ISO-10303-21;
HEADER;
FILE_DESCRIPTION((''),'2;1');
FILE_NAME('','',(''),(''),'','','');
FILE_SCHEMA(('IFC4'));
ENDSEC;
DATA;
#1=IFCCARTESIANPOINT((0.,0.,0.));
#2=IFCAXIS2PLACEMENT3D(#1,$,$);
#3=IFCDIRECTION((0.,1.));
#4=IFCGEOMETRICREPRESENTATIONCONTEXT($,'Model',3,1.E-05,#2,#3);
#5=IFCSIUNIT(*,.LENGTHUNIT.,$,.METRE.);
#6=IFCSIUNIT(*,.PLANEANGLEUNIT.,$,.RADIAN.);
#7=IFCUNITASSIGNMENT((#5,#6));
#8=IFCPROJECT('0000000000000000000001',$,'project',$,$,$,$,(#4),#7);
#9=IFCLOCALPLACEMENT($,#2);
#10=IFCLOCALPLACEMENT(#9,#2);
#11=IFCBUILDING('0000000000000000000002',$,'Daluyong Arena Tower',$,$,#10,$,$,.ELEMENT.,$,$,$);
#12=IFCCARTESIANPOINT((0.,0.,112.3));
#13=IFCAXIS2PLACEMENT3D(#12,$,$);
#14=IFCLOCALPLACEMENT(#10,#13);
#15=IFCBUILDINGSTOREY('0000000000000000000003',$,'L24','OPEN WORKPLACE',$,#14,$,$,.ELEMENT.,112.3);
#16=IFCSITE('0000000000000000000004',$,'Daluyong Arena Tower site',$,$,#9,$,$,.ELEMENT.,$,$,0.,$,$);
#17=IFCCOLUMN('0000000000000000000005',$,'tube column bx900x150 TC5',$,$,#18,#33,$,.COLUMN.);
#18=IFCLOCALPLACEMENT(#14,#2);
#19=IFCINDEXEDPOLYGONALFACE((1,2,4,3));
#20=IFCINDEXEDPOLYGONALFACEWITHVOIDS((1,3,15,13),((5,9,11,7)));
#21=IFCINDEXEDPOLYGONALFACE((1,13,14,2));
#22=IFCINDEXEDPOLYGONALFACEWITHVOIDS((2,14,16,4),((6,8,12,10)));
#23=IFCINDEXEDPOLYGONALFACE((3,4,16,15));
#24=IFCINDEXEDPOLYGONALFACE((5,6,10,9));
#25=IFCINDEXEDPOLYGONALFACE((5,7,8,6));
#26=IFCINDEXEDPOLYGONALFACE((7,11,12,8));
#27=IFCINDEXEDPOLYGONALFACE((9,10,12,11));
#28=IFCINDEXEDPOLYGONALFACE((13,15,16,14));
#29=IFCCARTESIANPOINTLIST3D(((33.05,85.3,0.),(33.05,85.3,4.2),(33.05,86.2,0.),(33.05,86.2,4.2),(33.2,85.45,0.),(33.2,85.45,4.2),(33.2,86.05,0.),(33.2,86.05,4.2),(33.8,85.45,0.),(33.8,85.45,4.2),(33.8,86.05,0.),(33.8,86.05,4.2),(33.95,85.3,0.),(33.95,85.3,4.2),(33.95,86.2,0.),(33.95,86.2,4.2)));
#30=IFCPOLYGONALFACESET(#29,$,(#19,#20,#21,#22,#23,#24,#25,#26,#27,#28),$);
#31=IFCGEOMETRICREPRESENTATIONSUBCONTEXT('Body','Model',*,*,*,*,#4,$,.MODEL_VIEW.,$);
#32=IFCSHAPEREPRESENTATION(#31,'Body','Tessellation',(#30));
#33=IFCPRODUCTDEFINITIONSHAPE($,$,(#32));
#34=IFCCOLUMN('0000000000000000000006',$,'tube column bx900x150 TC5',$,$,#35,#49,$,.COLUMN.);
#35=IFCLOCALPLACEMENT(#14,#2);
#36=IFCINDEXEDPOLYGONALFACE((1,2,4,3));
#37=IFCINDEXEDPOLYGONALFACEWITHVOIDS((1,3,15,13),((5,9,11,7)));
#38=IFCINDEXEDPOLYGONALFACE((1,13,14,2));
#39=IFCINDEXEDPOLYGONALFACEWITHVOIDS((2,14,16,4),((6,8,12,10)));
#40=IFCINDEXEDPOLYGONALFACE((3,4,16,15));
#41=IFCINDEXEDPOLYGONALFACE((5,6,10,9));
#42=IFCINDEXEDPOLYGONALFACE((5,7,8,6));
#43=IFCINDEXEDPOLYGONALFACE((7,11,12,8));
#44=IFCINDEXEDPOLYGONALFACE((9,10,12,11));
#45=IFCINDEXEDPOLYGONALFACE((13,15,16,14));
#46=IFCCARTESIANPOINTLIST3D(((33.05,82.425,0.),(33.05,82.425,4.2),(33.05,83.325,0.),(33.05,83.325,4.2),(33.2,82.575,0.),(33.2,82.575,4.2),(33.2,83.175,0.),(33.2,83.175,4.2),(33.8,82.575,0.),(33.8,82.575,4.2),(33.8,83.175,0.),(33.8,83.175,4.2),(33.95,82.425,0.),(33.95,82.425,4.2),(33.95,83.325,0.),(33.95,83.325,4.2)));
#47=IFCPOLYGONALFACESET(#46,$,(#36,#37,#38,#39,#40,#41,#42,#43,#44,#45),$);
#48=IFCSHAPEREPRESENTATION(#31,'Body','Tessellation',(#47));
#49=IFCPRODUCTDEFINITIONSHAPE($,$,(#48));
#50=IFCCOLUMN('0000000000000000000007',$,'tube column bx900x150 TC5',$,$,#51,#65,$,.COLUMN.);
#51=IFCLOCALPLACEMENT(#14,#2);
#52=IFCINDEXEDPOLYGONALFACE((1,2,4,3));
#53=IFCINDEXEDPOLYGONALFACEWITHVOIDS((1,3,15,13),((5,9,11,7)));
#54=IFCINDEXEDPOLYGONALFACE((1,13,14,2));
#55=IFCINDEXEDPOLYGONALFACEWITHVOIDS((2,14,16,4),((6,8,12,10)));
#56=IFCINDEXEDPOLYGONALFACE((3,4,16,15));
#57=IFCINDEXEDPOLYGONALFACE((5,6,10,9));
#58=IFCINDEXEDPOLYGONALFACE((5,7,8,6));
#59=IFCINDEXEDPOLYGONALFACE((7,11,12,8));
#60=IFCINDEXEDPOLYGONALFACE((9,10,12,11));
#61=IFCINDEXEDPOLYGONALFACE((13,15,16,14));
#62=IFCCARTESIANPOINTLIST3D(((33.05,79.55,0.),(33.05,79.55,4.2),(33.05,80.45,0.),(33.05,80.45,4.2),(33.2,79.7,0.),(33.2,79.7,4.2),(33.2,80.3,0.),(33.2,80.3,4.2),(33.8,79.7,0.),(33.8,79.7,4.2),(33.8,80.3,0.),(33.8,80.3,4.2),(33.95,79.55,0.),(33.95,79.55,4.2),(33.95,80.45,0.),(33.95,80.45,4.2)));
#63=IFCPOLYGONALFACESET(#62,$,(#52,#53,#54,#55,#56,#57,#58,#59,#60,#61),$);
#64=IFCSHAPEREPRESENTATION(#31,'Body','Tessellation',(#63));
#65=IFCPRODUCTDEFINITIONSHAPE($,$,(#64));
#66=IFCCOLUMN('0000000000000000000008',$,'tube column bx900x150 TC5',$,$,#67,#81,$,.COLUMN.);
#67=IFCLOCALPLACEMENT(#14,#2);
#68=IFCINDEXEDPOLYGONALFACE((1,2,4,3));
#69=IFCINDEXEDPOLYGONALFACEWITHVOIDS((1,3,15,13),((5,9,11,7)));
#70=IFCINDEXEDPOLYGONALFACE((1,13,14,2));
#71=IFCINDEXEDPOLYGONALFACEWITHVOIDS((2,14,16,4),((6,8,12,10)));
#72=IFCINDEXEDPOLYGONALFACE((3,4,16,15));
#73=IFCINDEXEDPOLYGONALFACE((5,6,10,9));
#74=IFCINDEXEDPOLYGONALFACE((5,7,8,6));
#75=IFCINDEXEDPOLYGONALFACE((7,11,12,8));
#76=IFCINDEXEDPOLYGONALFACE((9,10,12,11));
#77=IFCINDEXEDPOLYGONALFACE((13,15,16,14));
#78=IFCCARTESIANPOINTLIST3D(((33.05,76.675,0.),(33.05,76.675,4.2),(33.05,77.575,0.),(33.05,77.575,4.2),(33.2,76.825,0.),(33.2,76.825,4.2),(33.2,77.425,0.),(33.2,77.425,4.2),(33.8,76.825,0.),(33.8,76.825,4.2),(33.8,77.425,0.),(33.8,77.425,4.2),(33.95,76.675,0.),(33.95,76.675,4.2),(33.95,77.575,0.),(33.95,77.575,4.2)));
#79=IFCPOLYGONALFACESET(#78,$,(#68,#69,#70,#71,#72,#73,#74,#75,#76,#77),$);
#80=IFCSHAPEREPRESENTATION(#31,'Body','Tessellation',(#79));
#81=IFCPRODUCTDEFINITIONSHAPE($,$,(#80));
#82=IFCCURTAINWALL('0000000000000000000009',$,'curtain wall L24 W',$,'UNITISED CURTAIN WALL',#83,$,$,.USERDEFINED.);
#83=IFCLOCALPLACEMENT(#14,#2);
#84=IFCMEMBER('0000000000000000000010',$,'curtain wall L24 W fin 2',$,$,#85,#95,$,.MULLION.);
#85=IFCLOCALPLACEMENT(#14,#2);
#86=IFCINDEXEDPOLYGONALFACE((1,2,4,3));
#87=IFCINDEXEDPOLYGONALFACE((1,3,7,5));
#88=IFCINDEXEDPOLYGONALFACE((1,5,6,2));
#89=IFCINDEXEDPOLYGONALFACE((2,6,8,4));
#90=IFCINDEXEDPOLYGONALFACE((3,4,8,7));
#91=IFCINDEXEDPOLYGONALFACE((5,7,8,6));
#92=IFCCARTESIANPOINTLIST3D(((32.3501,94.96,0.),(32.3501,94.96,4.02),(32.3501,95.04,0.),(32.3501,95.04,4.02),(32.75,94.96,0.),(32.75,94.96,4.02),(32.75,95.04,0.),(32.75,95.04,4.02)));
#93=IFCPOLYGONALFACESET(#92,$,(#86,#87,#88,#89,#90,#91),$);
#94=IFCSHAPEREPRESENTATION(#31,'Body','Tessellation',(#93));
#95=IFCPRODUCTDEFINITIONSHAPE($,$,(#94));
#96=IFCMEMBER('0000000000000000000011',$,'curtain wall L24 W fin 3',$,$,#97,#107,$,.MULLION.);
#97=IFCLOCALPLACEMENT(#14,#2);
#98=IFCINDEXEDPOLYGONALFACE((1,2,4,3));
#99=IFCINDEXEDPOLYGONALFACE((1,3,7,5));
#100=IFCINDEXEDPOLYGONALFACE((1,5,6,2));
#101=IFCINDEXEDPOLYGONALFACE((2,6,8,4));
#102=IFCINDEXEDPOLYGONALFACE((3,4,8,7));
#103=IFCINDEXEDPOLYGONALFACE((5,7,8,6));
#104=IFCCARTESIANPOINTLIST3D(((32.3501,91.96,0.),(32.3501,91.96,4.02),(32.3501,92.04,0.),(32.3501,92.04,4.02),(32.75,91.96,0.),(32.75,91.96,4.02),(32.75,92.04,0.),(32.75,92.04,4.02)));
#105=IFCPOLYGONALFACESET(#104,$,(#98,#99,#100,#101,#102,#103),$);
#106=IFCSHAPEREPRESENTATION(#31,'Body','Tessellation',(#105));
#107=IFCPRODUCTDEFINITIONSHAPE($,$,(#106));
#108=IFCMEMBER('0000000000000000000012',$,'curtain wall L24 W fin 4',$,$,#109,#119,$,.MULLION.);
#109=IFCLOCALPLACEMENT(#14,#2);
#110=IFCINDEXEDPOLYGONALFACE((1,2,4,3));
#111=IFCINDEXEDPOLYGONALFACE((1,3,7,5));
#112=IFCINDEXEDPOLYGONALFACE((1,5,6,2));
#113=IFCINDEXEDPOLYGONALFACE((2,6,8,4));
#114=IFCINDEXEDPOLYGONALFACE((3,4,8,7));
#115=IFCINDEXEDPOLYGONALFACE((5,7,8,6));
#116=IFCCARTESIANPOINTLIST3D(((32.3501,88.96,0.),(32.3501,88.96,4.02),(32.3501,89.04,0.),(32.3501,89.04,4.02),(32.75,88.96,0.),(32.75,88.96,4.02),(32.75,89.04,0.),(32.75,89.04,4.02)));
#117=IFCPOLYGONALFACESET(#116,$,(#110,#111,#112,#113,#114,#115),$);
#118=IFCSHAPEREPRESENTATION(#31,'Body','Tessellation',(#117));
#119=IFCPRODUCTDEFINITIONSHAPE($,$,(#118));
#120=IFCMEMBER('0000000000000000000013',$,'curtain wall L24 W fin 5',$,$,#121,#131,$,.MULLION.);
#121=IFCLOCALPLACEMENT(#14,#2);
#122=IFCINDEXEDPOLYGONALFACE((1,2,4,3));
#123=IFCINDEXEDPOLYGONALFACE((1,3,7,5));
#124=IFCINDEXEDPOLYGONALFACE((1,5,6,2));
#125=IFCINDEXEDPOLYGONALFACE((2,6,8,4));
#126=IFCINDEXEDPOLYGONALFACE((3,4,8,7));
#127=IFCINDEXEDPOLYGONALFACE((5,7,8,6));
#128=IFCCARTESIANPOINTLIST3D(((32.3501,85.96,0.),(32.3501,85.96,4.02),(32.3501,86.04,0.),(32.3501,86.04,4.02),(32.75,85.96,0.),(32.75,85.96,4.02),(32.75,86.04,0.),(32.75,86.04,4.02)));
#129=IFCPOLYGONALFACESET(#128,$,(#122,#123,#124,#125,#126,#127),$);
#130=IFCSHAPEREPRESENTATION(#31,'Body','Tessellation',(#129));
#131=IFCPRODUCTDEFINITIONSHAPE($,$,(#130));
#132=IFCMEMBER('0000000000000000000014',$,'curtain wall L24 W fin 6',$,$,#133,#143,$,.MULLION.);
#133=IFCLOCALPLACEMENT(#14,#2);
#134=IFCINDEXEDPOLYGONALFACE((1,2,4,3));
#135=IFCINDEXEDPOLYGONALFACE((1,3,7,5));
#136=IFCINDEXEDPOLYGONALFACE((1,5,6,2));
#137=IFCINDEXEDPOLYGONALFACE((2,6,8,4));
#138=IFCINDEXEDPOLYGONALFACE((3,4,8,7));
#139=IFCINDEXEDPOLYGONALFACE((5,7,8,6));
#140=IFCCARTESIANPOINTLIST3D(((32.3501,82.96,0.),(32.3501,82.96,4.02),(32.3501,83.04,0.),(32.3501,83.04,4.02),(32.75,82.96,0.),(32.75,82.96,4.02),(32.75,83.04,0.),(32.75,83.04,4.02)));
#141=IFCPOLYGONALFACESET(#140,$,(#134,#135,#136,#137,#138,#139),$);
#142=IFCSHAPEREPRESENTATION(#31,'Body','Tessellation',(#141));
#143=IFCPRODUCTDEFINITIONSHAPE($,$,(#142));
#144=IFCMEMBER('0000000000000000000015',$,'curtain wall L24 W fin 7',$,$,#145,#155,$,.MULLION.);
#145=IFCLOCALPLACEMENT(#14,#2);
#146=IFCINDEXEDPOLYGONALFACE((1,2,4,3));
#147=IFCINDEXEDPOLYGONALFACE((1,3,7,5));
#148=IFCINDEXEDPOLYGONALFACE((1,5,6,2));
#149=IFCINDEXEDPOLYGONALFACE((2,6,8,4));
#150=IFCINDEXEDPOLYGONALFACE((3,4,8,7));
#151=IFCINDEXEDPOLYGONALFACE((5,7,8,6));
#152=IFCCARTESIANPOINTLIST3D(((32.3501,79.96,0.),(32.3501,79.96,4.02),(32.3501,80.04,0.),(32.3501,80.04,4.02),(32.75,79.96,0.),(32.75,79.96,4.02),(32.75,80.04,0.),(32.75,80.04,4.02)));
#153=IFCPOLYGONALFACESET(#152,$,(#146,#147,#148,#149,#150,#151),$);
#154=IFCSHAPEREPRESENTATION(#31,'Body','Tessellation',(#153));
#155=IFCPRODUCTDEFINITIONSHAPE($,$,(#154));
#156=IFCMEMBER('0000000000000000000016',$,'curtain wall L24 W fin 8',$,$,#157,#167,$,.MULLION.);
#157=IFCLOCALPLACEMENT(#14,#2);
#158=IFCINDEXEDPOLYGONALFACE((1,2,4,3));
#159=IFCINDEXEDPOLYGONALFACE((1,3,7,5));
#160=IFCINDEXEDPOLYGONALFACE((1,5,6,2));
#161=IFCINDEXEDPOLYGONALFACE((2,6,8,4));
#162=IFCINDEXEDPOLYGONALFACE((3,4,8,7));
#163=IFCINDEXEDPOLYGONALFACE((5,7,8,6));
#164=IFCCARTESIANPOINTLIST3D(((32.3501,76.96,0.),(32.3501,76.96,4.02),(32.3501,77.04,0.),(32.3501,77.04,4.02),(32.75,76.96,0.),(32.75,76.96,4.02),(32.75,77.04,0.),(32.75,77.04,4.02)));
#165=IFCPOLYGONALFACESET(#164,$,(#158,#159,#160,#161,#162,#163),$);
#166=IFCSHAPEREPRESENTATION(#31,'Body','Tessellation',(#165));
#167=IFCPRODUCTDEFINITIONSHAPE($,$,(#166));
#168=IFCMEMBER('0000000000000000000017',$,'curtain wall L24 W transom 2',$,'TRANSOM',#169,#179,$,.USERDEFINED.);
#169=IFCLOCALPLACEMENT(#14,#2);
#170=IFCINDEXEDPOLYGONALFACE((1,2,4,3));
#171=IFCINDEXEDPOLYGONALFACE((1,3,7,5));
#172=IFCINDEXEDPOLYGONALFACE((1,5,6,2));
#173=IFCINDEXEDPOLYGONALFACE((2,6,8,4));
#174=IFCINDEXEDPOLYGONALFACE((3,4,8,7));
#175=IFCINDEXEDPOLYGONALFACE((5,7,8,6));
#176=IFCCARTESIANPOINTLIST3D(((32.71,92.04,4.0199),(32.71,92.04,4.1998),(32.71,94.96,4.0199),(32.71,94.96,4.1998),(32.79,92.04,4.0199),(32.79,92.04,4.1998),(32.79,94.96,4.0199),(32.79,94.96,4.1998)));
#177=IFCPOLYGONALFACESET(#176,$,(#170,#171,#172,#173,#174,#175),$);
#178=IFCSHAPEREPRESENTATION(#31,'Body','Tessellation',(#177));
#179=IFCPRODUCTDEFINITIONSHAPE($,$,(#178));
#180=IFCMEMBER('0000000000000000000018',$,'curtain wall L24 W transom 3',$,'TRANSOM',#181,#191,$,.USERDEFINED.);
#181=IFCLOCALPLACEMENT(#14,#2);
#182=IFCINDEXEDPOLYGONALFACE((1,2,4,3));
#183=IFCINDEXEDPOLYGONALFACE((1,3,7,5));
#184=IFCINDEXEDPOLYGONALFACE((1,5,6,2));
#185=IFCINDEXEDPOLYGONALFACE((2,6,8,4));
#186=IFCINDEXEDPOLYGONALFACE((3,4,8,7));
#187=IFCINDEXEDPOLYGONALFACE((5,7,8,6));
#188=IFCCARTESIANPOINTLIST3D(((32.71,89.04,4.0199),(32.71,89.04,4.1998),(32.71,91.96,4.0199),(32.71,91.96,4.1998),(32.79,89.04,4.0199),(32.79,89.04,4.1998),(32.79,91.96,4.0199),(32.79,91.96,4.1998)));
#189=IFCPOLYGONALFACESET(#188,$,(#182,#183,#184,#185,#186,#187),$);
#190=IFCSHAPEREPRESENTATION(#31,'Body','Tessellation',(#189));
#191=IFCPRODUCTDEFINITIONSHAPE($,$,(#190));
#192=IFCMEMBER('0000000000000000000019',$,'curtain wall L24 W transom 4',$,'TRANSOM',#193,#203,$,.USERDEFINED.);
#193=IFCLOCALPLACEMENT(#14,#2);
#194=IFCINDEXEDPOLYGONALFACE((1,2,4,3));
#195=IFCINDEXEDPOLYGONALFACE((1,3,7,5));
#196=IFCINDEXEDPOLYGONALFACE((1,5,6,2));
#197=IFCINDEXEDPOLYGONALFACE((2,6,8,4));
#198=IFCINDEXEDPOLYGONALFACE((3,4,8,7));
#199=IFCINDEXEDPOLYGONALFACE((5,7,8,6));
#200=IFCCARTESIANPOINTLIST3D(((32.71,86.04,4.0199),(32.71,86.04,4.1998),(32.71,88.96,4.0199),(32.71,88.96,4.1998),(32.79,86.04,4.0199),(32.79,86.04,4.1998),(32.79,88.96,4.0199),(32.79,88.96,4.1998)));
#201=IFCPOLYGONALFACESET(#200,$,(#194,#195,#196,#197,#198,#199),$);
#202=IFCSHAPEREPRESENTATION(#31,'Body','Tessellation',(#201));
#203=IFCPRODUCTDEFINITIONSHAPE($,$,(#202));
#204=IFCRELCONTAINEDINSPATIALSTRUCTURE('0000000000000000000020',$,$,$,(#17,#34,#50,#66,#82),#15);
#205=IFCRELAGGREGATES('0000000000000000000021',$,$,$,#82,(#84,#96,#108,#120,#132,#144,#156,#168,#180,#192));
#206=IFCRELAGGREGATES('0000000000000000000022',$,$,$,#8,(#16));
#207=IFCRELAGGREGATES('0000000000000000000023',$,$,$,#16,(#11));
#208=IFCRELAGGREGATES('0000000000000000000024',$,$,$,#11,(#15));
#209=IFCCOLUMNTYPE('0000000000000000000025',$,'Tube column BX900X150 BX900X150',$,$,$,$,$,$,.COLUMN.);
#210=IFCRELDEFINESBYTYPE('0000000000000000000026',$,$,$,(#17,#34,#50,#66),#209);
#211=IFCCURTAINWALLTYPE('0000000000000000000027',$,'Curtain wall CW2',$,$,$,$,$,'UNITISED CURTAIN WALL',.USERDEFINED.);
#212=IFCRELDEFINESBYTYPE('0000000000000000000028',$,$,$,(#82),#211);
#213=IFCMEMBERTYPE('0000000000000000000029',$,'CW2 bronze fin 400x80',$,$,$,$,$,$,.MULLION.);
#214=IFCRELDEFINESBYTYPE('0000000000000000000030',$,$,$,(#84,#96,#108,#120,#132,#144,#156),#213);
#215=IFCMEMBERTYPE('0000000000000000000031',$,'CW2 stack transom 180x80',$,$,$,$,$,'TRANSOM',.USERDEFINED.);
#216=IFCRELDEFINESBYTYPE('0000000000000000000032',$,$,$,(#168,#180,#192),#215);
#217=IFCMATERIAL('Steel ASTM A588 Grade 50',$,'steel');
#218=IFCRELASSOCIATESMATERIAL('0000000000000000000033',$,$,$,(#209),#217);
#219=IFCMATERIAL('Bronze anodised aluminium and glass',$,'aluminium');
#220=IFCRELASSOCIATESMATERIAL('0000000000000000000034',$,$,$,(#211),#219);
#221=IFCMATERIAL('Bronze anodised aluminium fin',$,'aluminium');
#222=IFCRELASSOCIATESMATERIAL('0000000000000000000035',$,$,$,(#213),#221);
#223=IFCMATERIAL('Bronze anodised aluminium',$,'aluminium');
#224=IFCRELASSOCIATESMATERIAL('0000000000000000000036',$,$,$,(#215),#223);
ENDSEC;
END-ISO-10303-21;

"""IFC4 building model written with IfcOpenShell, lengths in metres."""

from ifc_helpers import new_model, si_unit, direction, frame, origin, origin_2d, place, context, subcontext, project, spatial, rectangle, hollow_rectangle, extrude, material, material_profile, profile_set, type_object, element, aggregate, save


model = new_model("IFC4")

# Units and contexts
model_context = context("Model", 3, precision=1e-05, world=origin(), true_north=direction((0.0, 1.0)))
body_context = subcontext(model_context, "Body", "Model", "MODEL_VIEW")
ifc_project = project(units=[si_unit("LENGTHUNIT", "METRE"), si_unit("PLANEANGLEUNIT", "RADIAN")], contexts=[model_context])

# Site, building, storey
site_placement = place(None, origin())
site = spatial("IfcSite", under=ifc_project, at=site_placement, Name="Daluyong Arena Tower site", CompositionType="ELEMENT", RefElevation=0.0)
building_placement = place(site_placement, origin())
building = spatial("IfcBuilding", under=site, at=building_placement, Name="Daluyong Arena Tower", CompositionType="ELEMENT")
storey_placement = place(building_placement, frame((0.0, 0.0, 112.3)))
storey = spatial("IfcBuildingStorey", under=building, at=storey_placement, Name="L24", Description="OPEN WORKPLACE", CompositionType="ELEMENT", Elevation=112.3)

# Columns
ifc_material_1 = material(Name="Steel ASTM A588 Grade 50", Category="steel")
ifc_material_profile_1 = material_profile(ifc_material_1, hollow_rectangle(XDim=0.8999, YDim=0.8999, WallThickness=0.15, at=origin_2d()))
ifc_profile_set_1 = profile_set([ifc_material_profile_1], Name="Steel ASTM A588 Grade 50")
column_type = type_object("IfcColumnType", Name="Tube column BX900X150 BX900X150", PredefinedType="COLUMN", material=ifc_profile_set_1)
for number, where, z_axis, x_axis, name in (
    (1, (33.5, 85.75, 0.0), (0.0, 0.0, 1.0), (0.0, 1.0, 0.0), "tube column bx900x150 TC5"),
    (2, (33.5, 82.875, 0.0), (0.0, 0.0, 1.0), (0.0, 1.0, 0.0), "tube column bx900x150 TC5"),
    (3, (33.5, 80.0, 0.0), (0.0, 0.0, 1.0), (0.0, 1.0, 0.0), "tube column bx900x150 TC5"),
    (4, (33.5, 77.125, 0.0), (0.0, 0.0, 1.0), (0.0, 1.0, 0.0), "tube column bx900x150 TC5"),
):
    element("IfcColumn", number, at=place(storey_placement, frame(where, z_axis=z_axis, x_axis=x_axis)), inside=storey, type_object=column_type, Name=name, PredefinedType="COLUMN", context=body_context, shape_type="SweptSolid", body=[
        extrude(hollow_rectangle(XDim=0.8999, YDim=0.8999, WallThickness=0.15, at=origin_2d()), origin(), (0.0, 0.0, 1.0), 4.2),
    ])

# Curtain wall, members
ifc_material_2 = material(Name="Bronze anodised aluminium and glass", Category="aluminium")
curtain_wall_type = type_object("IfcCurtainWallType", Name="Curtain wall CW2", ElementType="UNITISED CURTAIN WALL", PredefinedType="USERDEFINED", material=ifc_material_2)
curtain_wall_placement = place(storey_placement, origin())
curtain_wall = element("IfcCurtainWall", 5, at=curtain_wall_placement, inside=storey, type_object=curtain_wall_type, Name="curtain wall L24 W", ObjectType="UNITISED CURTAIN WALL", PredefinedType="USERDEFINED")
ifc_material_3 = material(Name="Bronze anodised aluminium fin", Category="aluminium")
ifc_material_profile_2 = material_profile(ifc_material_3, rectangle(XDim=0.3999, YDim=0.0801, at=origin_2d()))
ifc_profile_set_2 = profile_set([ifc_material_profile_2], Name="Bronze anodised aluminium fin")
member_type_1 = type_object("IfcMemberType", Name="CW2 bronze fin 400x80", PredefinedType="MULLION", material=ifc_profile_set_2)
member_1_placement = place(storey_placement, frame((32.55, 95.0, 0.0), z_axis=(0.0, 0.0, 1.0), x_axis=(1.0, 0.0, 0.0)))
member_1 = element("IfcMember", 6, at=member_1_placement, type_object=member_type_1, Name="curtain wall L24 W fin 2", PredefinedType="MULLION", context=body_context, shape_type="SweptSolid", body=[
    extrude(rectangle(XDim=0.3999, YDim=0.0801, at=origin_2d()), origin(), (0.0, 0.0, 1.0), 4.02),
])
member_2_placement = place(storey_placement, frame((32.55, 92.0, 0.0), z_axis=(0.0, 0.0, 1.0), x_axis=(1.0, 0.0, 0.0)))
member_2 = element("IfcMember", 7, at=member_2_placement, type_object=member_type_1, Name="curtain wall L24 W fin 3", PredefinedType="MULLION", context=body_context, shape_type="SweptSolid", body=[
    extrude(rectangle(XDim=0.3999, YDim=0.0801, at=origin_2d()), origin(), (0.0, 0.0, 1.0), 4.02),
])
member_3_placement = place(storey_placement, frame((32.55, 89.0, 0.0), z_axis=(0.0, 0.0, 1.0), x_axis=(1.0, 0.0, 0.0)))
member_3 = element("IfcMember", 8, at=member_3_placement, type_object=member_type_1, Name="curtain wall L24 W fin 4", PredefinedType="MULLION", context=body_context, shape_type="SweptSolid", body=[
    extrude(rectangle(XDim=0.3999, YDim=0.0801, at=origin_2d()), origin(), (0.0, 0.0, 1.0), 4.02),
])
member_4_placement = place(storey_placement, frame((32.55, 86.0, 0.0), z_axis=(0.0, 0.0, 1.0), x_axis=(1.0, 0.0, 0.0)))
member_4 = element("IfcMember", 9, at=member_4_placement, type_object=member_type_1, Name="curtain wall L24 W fin 5", PredefinedType="MULLION", context=body_context, shape_type="SweptSolid", body=[
    extrude(rectangle(XDim=0.3999, YDim=0.0801, at=origin_2d()), origin(), (0.0, 0.0, 1.0), 4.02),
])
member_5_placement = place(storey_placement, frame((32.55, 83.0, 0.0), z_axis=(0.0, 0.0, 1.0), x_axis=(1.0, 0.0, 0.0)))
member_5 = element("IfcMember", 10, at=member_5_placement, type_object=member_type_1, Name="curtain wall L24 W fin 6", PredefinedType="MULLION", context=body_context, shape_type="SweptSolid", body=[
    extrude(rectangle(XDim=0.3999, YDim=0.0801, at=origin_2d()), origin(), (0.0, 0.0, 1.0), 4.02),
])
member_6_placement = place(storey_placement, frame((32.55, 80.0, 0.0), z_axis=(0.0, 0.0, 1.0), x_axis=(1.0, 0.0, 0.0)))
member_6 = element("IfcMember", 11, at=member_6_placement, type_object=member_type_1, Name="curtain wall L24 W fin 7", PredefinedType="MULLION", context=body_context, shape_type="SweptSolid", body=[
    extrude(rectangle(XDim=0.3999, YDim=0.0801, at=origin_2d()), origin(), (0.0, 0.0, 1.0), 4.02),
])
member_7_placement = place(storey_placement, frame((32.55, 77.0, 0.0), z_axis=(0.0, 0.0, 1.0), x_axis=(1.0, 0.0, 0.0)))
member_7 = element("IfcMember", 12, at=member_7_placement, type_object=member_type_1, Name="curtain wall L24 W fin 8", PredefinedType="MULLION", context=body_context, shape_type="SweptSolid", body=[
    extrude(rectangle(XDim=0.3999, YDim=0.0801, at=origin_2d()), origin(), (0.0, 0.0, 1.0), 4.02),
])
ifc_material_4 = material(Name="Bronze anodised aluminium", Category="aluminium")
ifc_material_profile_3 = material_profile(ifc_material_4, rectangle(XDim=0.0801, YDim=0.1799, at=origin_2d()))
ifc_profile_set_3 = profile_set([ifc_material_profile_3], Name="Bronze anodised aluminium")
member_type_2 = type_object("IfcMemberType", Name="CW2 stack transom 180x80", ElementType="TRANSOM", PredefinedType="USERDEFINED", material=ifc_profile_set_3)
member_8_placement = place(storey_placement, frame((32.75, 94.96, 4.1099), z_axis=(0.0, -1.0, 0.0), x_axis=(1.0, 0.0, 0.0)))
member_8 = element("IfcMember", 13, at=member_8_placement, type_object=member_type_2, Name="curtain wall L24 W transom 2", ObjectType="TRANSOM", PredefinedType="USERDEFINED", context=body_context, shape_type="SweptSolid", body=[
    extrude(rectangle(XDim=0.0801, YDim=0.1799, at=origin_2d()), origin(), (0.0, 0.0, 1.0), 2.9199),
])
member_9_placement = place(storey_placement, frame((32.75, 91.96, 4.1099), z_axis=(0.0, -1.0, 0.0), x_axis=(1.0, 0.0, 0.0)))
member_9 = element("IfcMember", 14, at=member_9_placement, type_object=member_type_2, Name="curtain wall L24 W transom 3", ObjectType="TRANSOM", PredefinedType="USERDEFINED", context=body_context, shape_type="SweptSolid", body=[
    extrude(rectangle(XDim=0.0801, YDim=0.1799, at=origin_2d()), origin(), (0.0, 0.0, 1.0), 2.9199),
])
member_10_placement = place(storey_placement, frame((32.75, 88.96, 4.1099), z_axis=(0.0, -1.0, 0.0), x_axis=(1.0, 0.0, 0.0)))
member_10 = element("IfcMember", 15, at=member_10_placement, type_object=member_type_2, Name="curtain wall L24 W transom 4", ObjectType="TRANSOM", PredefinedType="USERDEFINED", context=body_context, shape_type="SweptSolid", body=[
    extrude(rectangle(XDim=0.0801, YDim=0.1799, at=origin_2d()), origin(), (0.0, 0.0, 1.0), 2.9199),
])

aggregate(curtain_wall, [member_1, member_2, member_3, member_4, member_5, member_6, member_7, member_8, member_9, member_10])

save(model, "model.ifc")
